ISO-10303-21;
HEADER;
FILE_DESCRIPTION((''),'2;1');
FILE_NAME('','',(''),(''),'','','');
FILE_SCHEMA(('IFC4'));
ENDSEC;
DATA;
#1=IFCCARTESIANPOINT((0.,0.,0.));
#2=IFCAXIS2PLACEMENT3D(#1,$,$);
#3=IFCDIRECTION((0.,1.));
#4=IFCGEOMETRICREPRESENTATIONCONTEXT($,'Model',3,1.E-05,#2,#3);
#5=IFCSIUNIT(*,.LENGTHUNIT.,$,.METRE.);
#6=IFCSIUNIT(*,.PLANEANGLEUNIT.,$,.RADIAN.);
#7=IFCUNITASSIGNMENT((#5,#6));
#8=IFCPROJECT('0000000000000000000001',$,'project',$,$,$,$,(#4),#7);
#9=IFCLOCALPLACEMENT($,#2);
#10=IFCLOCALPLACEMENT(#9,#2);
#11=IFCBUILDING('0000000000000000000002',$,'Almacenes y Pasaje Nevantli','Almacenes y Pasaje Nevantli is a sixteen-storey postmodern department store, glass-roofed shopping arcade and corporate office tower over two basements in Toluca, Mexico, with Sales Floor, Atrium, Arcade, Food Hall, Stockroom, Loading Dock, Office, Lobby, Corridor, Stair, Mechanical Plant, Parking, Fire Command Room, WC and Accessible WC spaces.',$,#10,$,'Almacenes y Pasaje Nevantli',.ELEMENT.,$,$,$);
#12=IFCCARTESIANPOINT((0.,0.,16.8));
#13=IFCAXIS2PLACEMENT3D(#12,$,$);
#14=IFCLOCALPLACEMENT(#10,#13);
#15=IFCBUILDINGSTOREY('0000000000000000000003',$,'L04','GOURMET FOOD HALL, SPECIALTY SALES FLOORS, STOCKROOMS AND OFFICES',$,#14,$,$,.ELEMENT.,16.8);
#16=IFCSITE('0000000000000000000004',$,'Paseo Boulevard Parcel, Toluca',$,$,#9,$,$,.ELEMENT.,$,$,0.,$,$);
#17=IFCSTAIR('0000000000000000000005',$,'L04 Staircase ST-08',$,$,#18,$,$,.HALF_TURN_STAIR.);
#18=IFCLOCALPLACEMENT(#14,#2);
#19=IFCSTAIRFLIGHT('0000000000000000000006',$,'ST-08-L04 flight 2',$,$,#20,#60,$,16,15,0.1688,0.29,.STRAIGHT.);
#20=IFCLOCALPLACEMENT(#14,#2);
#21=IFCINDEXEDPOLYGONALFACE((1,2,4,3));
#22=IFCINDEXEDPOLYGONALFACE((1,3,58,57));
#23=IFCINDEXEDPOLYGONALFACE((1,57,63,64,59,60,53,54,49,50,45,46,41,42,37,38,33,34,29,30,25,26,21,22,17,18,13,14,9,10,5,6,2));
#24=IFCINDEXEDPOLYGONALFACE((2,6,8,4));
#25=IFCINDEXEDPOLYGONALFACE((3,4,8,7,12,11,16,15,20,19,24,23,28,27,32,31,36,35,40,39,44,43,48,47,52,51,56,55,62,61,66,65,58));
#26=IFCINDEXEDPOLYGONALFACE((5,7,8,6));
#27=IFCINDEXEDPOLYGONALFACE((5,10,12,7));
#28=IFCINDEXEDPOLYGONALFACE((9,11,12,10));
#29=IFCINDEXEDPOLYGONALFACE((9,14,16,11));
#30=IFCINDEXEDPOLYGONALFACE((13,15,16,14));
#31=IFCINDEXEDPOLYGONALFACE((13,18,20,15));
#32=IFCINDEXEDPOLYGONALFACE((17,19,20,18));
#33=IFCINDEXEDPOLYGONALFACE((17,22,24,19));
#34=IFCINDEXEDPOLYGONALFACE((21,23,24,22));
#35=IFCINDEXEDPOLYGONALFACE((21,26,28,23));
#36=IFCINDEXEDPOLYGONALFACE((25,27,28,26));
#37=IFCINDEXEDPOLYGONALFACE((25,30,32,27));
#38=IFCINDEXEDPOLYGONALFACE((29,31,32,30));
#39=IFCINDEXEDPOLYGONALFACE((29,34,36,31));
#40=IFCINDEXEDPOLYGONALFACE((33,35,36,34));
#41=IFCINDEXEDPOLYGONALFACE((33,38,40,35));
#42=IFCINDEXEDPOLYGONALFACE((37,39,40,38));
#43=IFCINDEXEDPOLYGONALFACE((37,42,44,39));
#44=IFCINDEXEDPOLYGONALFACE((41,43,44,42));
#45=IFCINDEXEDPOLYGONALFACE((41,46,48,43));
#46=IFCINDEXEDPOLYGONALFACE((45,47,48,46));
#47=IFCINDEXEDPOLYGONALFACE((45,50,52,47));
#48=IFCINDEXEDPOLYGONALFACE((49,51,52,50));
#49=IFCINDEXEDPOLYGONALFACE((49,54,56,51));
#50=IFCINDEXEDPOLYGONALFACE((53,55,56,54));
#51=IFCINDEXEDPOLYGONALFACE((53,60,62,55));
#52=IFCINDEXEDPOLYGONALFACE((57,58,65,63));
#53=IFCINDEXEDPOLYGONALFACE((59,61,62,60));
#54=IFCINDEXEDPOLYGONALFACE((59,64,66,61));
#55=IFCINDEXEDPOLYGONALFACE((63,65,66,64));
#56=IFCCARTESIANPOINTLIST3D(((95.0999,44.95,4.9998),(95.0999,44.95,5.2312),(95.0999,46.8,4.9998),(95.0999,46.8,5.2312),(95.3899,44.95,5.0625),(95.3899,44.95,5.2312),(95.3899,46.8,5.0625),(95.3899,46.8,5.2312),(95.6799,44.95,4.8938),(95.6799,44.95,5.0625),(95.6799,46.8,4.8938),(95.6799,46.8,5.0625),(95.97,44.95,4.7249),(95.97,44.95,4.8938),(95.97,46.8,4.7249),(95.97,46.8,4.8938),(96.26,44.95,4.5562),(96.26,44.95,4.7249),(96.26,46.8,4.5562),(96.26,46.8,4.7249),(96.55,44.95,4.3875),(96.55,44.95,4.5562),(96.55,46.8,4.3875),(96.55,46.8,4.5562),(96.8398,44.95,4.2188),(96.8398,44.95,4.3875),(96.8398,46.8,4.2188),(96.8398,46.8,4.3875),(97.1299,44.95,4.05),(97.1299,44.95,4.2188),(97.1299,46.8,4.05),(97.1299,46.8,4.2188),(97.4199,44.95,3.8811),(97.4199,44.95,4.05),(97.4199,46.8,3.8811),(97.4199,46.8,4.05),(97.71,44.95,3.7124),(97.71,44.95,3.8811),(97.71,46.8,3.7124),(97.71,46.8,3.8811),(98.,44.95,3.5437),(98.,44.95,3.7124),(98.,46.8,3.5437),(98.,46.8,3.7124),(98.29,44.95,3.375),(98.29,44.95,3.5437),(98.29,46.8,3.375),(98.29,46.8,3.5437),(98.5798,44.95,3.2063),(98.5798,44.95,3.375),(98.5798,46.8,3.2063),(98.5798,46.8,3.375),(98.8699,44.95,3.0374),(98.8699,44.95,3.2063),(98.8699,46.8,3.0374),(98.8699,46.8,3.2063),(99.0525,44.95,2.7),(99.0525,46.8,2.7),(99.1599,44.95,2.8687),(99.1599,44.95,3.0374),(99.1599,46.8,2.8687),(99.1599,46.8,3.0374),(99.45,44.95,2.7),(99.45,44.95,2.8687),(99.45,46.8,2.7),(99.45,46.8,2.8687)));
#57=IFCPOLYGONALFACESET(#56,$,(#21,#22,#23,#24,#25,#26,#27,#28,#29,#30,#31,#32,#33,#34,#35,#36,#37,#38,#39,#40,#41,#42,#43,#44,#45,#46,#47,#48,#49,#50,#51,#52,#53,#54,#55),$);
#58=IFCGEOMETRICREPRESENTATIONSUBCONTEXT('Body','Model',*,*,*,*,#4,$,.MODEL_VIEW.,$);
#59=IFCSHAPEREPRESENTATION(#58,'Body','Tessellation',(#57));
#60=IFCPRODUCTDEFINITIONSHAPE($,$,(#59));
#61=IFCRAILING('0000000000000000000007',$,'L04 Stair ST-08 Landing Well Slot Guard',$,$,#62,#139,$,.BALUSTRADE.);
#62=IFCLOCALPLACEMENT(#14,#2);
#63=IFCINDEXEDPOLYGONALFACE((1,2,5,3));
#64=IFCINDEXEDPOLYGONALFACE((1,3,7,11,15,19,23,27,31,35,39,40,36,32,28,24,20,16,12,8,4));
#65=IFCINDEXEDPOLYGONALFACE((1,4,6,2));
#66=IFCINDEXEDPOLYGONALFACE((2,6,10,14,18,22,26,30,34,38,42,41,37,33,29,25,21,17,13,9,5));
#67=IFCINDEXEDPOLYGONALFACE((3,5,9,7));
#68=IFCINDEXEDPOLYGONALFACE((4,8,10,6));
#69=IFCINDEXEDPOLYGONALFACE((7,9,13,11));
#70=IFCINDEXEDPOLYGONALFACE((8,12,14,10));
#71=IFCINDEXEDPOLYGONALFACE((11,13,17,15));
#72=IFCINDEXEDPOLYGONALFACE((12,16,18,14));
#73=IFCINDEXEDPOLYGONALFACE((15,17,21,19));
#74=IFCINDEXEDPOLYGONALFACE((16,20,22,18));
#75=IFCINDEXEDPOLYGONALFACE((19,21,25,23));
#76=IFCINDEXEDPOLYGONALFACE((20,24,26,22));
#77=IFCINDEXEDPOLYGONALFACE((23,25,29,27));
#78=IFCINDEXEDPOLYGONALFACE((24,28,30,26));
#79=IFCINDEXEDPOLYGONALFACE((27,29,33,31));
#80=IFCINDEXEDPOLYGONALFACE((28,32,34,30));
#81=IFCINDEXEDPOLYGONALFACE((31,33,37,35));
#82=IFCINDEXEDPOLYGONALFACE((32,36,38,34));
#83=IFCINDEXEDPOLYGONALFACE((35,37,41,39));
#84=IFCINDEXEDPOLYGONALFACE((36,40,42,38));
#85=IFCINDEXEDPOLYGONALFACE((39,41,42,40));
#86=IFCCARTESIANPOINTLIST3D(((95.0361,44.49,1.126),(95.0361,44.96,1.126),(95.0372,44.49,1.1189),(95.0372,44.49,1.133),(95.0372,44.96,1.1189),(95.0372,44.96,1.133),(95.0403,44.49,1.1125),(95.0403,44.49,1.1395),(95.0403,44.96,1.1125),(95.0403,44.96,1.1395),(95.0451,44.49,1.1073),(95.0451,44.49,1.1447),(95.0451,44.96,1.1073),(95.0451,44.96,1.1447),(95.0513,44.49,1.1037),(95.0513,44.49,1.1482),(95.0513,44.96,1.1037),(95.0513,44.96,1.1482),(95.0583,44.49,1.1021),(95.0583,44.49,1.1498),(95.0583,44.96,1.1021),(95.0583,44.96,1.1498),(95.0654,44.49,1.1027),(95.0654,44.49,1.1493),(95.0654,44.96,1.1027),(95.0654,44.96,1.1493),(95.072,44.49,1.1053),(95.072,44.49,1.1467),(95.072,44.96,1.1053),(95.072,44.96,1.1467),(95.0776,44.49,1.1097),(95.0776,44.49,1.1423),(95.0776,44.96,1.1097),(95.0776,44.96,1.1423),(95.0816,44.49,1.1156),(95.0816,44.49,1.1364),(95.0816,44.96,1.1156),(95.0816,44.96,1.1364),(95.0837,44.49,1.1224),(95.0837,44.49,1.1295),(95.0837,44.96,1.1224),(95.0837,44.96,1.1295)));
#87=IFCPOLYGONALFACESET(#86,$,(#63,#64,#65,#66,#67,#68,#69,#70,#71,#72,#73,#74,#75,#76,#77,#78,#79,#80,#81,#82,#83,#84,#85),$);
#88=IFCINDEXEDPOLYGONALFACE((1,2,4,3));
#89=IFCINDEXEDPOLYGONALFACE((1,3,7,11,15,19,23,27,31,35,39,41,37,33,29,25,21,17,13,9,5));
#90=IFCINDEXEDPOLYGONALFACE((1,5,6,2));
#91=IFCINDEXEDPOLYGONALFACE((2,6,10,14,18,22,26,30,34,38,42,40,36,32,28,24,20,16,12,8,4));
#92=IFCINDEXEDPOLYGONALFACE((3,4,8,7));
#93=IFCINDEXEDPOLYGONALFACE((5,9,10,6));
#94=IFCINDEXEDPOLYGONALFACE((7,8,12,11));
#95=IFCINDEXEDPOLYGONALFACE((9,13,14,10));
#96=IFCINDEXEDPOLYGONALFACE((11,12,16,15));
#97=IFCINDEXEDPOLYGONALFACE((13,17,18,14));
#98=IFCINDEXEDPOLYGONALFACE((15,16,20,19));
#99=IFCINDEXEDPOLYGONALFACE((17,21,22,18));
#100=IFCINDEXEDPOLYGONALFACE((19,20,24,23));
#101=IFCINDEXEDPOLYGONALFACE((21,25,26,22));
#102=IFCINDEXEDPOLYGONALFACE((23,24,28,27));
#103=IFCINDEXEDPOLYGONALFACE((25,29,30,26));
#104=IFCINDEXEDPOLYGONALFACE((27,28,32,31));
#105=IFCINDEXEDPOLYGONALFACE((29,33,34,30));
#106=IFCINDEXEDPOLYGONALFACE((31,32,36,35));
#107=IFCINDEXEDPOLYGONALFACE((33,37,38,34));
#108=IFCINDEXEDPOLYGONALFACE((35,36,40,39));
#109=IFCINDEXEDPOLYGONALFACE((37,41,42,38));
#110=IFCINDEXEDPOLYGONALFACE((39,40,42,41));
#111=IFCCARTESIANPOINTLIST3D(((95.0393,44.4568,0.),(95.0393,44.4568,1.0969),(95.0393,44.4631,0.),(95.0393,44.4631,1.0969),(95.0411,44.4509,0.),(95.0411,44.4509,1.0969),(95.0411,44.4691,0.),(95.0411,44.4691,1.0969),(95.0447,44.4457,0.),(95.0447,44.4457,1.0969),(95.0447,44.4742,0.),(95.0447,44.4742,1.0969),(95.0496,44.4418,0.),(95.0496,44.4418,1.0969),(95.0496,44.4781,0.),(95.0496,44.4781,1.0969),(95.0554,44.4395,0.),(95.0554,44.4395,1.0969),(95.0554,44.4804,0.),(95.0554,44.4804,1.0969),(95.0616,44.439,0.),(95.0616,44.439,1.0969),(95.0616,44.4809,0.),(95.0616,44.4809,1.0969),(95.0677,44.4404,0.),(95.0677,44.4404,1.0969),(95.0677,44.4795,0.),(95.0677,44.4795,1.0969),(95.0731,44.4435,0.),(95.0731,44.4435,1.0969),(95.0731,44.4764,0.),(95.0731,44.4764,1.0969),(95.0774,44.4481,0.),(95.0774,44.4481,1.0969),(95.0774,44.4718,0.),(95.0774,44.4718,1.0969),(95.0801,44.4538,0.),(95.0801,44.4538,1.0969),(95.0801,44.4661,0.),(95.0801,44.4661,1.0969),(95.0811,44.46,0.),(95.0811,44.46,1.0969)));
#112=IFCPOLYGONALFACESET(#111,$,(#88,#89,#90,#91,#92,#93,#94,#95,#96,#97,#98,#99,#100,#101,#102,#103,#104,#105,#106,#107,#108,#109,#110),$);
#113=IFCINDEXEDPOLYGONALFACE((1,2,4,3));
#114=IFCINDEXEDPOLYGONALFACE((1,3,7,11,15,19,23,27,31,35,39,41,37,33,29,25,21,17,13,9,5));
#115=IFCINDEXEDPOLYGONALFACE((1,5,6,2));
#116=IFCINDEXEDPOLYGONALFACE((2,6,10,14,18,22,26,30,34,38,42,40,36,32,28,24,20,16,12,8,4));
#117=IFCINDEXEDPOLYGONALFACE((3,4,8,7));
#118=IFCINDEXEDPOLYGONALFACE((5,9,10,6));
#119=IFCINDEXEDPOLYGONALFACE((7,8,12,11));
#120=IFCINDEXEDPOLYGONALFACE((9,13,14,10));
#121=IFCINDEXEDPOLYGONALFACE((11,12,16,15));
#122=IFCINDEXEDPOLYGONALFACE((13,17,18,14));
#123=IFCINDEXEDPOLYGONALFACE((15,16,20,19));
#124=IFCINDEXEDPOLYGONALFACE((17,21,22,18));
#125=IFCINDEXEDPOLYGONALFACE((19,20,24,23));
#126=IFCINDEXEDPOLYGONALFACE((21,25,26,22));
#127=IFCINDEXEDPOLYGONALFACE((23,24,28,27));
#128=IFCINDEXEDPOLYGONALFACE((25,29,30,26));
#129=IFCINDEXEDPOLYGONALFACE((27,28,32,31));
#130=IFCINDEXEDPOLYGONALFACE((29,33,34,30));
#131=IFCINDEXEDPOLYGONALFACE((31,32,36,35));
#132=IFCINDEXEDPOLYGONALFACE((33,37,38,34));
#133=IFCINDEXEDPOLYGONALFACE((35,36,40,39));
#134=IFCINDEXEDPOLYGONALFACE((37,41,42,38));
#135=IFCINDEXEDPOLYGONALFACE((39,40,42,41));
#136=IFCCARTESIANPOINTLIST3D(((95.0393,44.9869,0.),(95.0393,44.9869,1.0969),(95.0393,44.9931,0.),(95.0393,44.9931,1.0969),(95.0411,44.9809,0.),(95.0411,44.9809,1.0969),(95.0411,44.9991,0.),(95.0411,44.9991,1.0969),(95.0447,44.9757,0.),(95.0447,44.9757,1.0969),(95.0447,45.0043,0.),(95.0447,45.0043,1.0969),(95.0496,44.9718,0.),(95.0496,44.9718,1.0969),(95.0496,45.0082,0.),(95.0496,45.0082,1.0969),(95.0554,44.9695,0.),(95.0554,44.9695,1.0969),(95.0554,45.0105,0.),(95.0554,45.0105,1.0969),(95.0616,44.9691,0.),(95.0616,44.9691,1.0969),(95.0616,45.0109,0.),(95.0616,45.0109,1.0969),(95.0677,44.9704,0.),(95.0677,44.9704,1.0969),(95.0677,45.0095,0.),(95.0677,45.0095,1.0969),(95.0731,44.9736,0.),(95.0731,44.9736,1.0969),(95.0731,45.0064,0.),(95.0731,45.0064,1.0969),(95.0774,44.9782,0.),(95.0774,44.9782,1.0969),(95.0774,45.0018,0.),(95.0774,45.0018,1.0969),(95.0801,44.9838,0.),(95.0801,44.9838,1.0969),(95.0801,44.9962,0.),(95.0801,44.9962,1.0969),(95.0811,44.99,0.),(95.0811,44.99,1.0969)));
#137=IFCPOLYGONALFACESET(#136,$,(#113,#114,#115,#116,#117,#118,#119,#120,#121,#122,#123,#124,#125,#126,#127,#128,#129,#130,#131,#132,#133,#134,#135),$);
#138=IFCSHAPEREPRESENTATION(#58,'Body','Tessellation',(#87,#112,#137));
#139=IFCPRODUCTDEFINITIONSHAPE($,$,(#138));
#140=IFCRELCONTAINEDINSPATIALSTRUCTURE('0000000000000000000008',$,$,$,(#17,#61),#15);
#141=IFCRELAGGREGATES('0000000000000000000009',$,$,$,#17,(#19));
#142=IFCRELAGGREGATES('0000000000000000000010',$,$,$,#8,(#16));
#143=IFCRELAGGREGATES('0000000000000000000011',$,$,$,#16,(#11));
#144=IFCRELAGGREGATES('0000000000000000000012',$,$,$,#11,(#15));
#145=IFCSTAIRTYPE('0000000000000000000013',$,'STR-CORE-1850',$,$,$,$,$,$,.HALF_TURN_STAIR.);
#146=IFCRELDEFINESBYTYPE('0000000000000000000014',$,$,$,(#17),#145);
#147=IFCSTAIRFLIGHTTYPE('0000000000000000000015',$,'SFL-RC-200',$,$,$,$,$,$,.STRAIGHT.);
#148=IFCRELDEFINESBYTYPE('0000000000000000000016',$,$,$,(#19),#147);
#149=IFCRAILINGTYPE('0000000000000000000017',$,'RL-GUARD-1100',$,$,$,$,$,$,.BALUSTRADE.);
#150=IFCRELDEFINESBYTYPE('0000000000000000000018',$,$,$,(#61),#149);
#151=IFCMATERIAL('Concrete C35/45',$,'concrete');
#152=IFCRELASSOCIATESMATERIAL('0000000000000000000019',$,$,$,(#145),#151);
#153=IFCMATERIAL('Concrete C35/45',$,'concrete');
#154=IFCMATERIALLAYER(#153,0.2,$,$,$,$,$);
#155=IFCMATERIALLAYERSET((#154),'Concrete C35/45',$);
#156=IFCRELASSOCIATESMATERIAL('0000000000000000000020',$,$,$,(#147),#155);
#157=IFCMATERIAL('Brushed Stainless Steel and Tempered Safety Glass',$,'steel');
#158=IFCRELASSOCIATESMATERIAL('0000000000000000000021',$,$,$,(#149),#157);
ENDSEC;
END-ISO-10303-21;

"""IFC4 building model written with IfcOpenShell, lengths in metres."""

from ifc_helpers import new_model, si_unit, direction, frame, origin, origin_2d, place, context, subcontext, project, spatial, polyline, circle, outline, extrude, material, layer, layer_set, type_object, element, aggregate, save


model = new_model("IFC4")

# Units and contexts
model_context = context("Model", 3, precision=1e-05, world=origin(), true_north=direction((0.0, 1.0)))
body_context = subcontext(model_context, "Body", "Model", "MODEL_VIEW")
ifc_project = project(units=[si_unit("LENGTHUNIT", "METRE"), si_unit("PLANEANGLEUNIT", "RADIAN")], contexts=[model_context])

# Site, building, storey
site_placement = place(None, origin())
site = spatial("IfcSite", under=ifc_project, at=site_placement, Name="Paseo Boulevard Parcel, Toluca", CompositionType="ELEMENT", RefElevation=0.0)
building_placement = place(site_placement, origin())
building = spatial("IfcBuilding", under=site, at=building_placement, Name="Almacenes y Pasaje Nevantli", Description="Almacenes y Pasaje Nevantli is a sixteen-storey postmodern department store, glass-roofed shopping arcade and corporate office tower over two basements in Toluca, Mexico, with Sales Floor, Atrium, Arcade, Food Hall, Stockroom, Loading Dock, Office, Lobby, Corridor, Stair, Mechanical Plant, Parking, Fire Command Room, WC and Accessible WC spaces.", LongName="Almacenes y Pasaje Nevantli", CompositionType="ELEMENT")
storey_placement = place(building_placement, frame((0.0, 0.0, 16.8)))
storey = spatial("IfcBuildingStorey", under=building, at=storey_placement, Name="L04", Description="GOURMET FOOD HALL, SPECIALTY SALES FLOORS, STOCKROOMS AND OFFICES", CompositionType="ELEMENT", Elevation=16.8)

# Stair, stair flight
ifc_material_1 = material(Name="Concrete C35/45", Category="concrete")
stair_type = type_object("IfcStairType", Name="STR-CORE-1850", PredefinedType="HALF_TURN_STAIR", material=ifc_material_1)
stair_placement = place(storey_placement, origin())
stair = element("IfcStair", 1, at=stair_placement, inside=storey, type_object=stair_type, Name="L04 Staircase ST-08", PredefinedType="HALF_TURN_STAIR")
ifc_material_2 = material(Name="Concrete C35/45", Category="concrete")
ifc_layer_1 = layer(ifc_material_2, 0.2)
ifc_layer_set_1 = layer_set([ifc_layer_1], Name="Concrete C35/45")
stair_flight_type = type_object("IfcStairFlightType", Name="SFL-RC-200", PredefinedType="STRAIGHT", material=ifc_layer_set_1)
stair_flight_1_placement = place(storey_placement, frame((99.45, 45.875, 2.7), z_axis=(0.0, 0.0, 1.0), x_axis=(-1.0, 0.0, 0.0)))
stair_flight_1 = element("IfcStairFlight", 2, at=stair_flight_1_placement, type_object=stair_flight_type, Name="ST-08-L04 flight 2", NumberOfRisers=16, NumberOfTreads=15, PredefinedType="STRAIGHT", RiserHeight=0.1688, TreadLength=0.29, context=body_context, shape_type="SweptSolid", body=[
    extrude(outline(polyline([(0.0, 0.0), (0.0, 0.1687), (0.29, 0.1687), (0.29, 0.3374), (0.5801, 0.3374), (0.5801, 0.5063), (0.8701, 0.5063), (0.8701, 0.675), (1.1599, 0.675), (1.1599, 0.8438), (1.45, 0.8438), (1.45, 1.0125), (1.74, 1.0125), (1.74, 1.1812), (2.03, 1.1812), (2.03, 1.3501), (2.3201, 1.3501), (2.3201, 1.5188), (2.6101, 1.5188), (2.6101, 1.6875), (2.8999, 1.6875), (2.8999, 1.8562), (3.1899, 1.8562), (3.1899, 2.0249), (3.48, 2.0249), (3.48, 2.1938), (3.77, 2.1938), (3.77, 2.3625), (4.0601, 2.3625), (4.0601, 2.5312), (4.3501, 2.5312), (4.3501, 2.7), (4.3501, 2.2998), (0.3975, 0.0), (0.0, 0.0)])), frame((0.0, 0.925, 0.0), z_axis=(0.0, -1.0, 0.0), x_axis=(1.0, 0.0, 0.0)), (0.0, 0.0, 1.0), 1.8501),
])
aggregate(stair, [stair_flight_1])

# Railing
ifc_material_3 = material(Name="Brushed Stainless Steel and Tempered Safety Glass", Category="steel")
railing_type_1 = type_object("IfcRailingType", Name="RL-GUARD-1100", PredefinedType="BALUSTRADE", material=ifc_material_3)
railing_1_placement = place(storey_placement, frame((95.0601, 44.46, 0.0)))
element("IfcRailing", 3, at=railing_1_placement, inside=storey, type_object=railing_type_1, Name="L04 Stair ST-08 Landing Well Slot Guard", PredefinedType="BALUSTRADE", context=body_context, shape_type="SweptSolid", body=[
    extrude(circle(Radius=0.0239, at=origin_2d()), frame((0.0, 0.03, 1.126), z_axis=(0.0, 1.0, 0.0), x_axis=(-1.0, 0.0, 0.0)), (0.0, 0.0, 1.0), 0.47),
    extrude(circle(Radius=0.021, at=origin_2d()), origin(), (0.0, 0.0, 1.0), 1.0969),
    extrude(circle(Radius=0.021, at=origin_2d()), frame((0.0, 0.53, 0.0)), (0.0, 0.0, 1.0), 1.0969),
])

save(model, "model.ifc")
